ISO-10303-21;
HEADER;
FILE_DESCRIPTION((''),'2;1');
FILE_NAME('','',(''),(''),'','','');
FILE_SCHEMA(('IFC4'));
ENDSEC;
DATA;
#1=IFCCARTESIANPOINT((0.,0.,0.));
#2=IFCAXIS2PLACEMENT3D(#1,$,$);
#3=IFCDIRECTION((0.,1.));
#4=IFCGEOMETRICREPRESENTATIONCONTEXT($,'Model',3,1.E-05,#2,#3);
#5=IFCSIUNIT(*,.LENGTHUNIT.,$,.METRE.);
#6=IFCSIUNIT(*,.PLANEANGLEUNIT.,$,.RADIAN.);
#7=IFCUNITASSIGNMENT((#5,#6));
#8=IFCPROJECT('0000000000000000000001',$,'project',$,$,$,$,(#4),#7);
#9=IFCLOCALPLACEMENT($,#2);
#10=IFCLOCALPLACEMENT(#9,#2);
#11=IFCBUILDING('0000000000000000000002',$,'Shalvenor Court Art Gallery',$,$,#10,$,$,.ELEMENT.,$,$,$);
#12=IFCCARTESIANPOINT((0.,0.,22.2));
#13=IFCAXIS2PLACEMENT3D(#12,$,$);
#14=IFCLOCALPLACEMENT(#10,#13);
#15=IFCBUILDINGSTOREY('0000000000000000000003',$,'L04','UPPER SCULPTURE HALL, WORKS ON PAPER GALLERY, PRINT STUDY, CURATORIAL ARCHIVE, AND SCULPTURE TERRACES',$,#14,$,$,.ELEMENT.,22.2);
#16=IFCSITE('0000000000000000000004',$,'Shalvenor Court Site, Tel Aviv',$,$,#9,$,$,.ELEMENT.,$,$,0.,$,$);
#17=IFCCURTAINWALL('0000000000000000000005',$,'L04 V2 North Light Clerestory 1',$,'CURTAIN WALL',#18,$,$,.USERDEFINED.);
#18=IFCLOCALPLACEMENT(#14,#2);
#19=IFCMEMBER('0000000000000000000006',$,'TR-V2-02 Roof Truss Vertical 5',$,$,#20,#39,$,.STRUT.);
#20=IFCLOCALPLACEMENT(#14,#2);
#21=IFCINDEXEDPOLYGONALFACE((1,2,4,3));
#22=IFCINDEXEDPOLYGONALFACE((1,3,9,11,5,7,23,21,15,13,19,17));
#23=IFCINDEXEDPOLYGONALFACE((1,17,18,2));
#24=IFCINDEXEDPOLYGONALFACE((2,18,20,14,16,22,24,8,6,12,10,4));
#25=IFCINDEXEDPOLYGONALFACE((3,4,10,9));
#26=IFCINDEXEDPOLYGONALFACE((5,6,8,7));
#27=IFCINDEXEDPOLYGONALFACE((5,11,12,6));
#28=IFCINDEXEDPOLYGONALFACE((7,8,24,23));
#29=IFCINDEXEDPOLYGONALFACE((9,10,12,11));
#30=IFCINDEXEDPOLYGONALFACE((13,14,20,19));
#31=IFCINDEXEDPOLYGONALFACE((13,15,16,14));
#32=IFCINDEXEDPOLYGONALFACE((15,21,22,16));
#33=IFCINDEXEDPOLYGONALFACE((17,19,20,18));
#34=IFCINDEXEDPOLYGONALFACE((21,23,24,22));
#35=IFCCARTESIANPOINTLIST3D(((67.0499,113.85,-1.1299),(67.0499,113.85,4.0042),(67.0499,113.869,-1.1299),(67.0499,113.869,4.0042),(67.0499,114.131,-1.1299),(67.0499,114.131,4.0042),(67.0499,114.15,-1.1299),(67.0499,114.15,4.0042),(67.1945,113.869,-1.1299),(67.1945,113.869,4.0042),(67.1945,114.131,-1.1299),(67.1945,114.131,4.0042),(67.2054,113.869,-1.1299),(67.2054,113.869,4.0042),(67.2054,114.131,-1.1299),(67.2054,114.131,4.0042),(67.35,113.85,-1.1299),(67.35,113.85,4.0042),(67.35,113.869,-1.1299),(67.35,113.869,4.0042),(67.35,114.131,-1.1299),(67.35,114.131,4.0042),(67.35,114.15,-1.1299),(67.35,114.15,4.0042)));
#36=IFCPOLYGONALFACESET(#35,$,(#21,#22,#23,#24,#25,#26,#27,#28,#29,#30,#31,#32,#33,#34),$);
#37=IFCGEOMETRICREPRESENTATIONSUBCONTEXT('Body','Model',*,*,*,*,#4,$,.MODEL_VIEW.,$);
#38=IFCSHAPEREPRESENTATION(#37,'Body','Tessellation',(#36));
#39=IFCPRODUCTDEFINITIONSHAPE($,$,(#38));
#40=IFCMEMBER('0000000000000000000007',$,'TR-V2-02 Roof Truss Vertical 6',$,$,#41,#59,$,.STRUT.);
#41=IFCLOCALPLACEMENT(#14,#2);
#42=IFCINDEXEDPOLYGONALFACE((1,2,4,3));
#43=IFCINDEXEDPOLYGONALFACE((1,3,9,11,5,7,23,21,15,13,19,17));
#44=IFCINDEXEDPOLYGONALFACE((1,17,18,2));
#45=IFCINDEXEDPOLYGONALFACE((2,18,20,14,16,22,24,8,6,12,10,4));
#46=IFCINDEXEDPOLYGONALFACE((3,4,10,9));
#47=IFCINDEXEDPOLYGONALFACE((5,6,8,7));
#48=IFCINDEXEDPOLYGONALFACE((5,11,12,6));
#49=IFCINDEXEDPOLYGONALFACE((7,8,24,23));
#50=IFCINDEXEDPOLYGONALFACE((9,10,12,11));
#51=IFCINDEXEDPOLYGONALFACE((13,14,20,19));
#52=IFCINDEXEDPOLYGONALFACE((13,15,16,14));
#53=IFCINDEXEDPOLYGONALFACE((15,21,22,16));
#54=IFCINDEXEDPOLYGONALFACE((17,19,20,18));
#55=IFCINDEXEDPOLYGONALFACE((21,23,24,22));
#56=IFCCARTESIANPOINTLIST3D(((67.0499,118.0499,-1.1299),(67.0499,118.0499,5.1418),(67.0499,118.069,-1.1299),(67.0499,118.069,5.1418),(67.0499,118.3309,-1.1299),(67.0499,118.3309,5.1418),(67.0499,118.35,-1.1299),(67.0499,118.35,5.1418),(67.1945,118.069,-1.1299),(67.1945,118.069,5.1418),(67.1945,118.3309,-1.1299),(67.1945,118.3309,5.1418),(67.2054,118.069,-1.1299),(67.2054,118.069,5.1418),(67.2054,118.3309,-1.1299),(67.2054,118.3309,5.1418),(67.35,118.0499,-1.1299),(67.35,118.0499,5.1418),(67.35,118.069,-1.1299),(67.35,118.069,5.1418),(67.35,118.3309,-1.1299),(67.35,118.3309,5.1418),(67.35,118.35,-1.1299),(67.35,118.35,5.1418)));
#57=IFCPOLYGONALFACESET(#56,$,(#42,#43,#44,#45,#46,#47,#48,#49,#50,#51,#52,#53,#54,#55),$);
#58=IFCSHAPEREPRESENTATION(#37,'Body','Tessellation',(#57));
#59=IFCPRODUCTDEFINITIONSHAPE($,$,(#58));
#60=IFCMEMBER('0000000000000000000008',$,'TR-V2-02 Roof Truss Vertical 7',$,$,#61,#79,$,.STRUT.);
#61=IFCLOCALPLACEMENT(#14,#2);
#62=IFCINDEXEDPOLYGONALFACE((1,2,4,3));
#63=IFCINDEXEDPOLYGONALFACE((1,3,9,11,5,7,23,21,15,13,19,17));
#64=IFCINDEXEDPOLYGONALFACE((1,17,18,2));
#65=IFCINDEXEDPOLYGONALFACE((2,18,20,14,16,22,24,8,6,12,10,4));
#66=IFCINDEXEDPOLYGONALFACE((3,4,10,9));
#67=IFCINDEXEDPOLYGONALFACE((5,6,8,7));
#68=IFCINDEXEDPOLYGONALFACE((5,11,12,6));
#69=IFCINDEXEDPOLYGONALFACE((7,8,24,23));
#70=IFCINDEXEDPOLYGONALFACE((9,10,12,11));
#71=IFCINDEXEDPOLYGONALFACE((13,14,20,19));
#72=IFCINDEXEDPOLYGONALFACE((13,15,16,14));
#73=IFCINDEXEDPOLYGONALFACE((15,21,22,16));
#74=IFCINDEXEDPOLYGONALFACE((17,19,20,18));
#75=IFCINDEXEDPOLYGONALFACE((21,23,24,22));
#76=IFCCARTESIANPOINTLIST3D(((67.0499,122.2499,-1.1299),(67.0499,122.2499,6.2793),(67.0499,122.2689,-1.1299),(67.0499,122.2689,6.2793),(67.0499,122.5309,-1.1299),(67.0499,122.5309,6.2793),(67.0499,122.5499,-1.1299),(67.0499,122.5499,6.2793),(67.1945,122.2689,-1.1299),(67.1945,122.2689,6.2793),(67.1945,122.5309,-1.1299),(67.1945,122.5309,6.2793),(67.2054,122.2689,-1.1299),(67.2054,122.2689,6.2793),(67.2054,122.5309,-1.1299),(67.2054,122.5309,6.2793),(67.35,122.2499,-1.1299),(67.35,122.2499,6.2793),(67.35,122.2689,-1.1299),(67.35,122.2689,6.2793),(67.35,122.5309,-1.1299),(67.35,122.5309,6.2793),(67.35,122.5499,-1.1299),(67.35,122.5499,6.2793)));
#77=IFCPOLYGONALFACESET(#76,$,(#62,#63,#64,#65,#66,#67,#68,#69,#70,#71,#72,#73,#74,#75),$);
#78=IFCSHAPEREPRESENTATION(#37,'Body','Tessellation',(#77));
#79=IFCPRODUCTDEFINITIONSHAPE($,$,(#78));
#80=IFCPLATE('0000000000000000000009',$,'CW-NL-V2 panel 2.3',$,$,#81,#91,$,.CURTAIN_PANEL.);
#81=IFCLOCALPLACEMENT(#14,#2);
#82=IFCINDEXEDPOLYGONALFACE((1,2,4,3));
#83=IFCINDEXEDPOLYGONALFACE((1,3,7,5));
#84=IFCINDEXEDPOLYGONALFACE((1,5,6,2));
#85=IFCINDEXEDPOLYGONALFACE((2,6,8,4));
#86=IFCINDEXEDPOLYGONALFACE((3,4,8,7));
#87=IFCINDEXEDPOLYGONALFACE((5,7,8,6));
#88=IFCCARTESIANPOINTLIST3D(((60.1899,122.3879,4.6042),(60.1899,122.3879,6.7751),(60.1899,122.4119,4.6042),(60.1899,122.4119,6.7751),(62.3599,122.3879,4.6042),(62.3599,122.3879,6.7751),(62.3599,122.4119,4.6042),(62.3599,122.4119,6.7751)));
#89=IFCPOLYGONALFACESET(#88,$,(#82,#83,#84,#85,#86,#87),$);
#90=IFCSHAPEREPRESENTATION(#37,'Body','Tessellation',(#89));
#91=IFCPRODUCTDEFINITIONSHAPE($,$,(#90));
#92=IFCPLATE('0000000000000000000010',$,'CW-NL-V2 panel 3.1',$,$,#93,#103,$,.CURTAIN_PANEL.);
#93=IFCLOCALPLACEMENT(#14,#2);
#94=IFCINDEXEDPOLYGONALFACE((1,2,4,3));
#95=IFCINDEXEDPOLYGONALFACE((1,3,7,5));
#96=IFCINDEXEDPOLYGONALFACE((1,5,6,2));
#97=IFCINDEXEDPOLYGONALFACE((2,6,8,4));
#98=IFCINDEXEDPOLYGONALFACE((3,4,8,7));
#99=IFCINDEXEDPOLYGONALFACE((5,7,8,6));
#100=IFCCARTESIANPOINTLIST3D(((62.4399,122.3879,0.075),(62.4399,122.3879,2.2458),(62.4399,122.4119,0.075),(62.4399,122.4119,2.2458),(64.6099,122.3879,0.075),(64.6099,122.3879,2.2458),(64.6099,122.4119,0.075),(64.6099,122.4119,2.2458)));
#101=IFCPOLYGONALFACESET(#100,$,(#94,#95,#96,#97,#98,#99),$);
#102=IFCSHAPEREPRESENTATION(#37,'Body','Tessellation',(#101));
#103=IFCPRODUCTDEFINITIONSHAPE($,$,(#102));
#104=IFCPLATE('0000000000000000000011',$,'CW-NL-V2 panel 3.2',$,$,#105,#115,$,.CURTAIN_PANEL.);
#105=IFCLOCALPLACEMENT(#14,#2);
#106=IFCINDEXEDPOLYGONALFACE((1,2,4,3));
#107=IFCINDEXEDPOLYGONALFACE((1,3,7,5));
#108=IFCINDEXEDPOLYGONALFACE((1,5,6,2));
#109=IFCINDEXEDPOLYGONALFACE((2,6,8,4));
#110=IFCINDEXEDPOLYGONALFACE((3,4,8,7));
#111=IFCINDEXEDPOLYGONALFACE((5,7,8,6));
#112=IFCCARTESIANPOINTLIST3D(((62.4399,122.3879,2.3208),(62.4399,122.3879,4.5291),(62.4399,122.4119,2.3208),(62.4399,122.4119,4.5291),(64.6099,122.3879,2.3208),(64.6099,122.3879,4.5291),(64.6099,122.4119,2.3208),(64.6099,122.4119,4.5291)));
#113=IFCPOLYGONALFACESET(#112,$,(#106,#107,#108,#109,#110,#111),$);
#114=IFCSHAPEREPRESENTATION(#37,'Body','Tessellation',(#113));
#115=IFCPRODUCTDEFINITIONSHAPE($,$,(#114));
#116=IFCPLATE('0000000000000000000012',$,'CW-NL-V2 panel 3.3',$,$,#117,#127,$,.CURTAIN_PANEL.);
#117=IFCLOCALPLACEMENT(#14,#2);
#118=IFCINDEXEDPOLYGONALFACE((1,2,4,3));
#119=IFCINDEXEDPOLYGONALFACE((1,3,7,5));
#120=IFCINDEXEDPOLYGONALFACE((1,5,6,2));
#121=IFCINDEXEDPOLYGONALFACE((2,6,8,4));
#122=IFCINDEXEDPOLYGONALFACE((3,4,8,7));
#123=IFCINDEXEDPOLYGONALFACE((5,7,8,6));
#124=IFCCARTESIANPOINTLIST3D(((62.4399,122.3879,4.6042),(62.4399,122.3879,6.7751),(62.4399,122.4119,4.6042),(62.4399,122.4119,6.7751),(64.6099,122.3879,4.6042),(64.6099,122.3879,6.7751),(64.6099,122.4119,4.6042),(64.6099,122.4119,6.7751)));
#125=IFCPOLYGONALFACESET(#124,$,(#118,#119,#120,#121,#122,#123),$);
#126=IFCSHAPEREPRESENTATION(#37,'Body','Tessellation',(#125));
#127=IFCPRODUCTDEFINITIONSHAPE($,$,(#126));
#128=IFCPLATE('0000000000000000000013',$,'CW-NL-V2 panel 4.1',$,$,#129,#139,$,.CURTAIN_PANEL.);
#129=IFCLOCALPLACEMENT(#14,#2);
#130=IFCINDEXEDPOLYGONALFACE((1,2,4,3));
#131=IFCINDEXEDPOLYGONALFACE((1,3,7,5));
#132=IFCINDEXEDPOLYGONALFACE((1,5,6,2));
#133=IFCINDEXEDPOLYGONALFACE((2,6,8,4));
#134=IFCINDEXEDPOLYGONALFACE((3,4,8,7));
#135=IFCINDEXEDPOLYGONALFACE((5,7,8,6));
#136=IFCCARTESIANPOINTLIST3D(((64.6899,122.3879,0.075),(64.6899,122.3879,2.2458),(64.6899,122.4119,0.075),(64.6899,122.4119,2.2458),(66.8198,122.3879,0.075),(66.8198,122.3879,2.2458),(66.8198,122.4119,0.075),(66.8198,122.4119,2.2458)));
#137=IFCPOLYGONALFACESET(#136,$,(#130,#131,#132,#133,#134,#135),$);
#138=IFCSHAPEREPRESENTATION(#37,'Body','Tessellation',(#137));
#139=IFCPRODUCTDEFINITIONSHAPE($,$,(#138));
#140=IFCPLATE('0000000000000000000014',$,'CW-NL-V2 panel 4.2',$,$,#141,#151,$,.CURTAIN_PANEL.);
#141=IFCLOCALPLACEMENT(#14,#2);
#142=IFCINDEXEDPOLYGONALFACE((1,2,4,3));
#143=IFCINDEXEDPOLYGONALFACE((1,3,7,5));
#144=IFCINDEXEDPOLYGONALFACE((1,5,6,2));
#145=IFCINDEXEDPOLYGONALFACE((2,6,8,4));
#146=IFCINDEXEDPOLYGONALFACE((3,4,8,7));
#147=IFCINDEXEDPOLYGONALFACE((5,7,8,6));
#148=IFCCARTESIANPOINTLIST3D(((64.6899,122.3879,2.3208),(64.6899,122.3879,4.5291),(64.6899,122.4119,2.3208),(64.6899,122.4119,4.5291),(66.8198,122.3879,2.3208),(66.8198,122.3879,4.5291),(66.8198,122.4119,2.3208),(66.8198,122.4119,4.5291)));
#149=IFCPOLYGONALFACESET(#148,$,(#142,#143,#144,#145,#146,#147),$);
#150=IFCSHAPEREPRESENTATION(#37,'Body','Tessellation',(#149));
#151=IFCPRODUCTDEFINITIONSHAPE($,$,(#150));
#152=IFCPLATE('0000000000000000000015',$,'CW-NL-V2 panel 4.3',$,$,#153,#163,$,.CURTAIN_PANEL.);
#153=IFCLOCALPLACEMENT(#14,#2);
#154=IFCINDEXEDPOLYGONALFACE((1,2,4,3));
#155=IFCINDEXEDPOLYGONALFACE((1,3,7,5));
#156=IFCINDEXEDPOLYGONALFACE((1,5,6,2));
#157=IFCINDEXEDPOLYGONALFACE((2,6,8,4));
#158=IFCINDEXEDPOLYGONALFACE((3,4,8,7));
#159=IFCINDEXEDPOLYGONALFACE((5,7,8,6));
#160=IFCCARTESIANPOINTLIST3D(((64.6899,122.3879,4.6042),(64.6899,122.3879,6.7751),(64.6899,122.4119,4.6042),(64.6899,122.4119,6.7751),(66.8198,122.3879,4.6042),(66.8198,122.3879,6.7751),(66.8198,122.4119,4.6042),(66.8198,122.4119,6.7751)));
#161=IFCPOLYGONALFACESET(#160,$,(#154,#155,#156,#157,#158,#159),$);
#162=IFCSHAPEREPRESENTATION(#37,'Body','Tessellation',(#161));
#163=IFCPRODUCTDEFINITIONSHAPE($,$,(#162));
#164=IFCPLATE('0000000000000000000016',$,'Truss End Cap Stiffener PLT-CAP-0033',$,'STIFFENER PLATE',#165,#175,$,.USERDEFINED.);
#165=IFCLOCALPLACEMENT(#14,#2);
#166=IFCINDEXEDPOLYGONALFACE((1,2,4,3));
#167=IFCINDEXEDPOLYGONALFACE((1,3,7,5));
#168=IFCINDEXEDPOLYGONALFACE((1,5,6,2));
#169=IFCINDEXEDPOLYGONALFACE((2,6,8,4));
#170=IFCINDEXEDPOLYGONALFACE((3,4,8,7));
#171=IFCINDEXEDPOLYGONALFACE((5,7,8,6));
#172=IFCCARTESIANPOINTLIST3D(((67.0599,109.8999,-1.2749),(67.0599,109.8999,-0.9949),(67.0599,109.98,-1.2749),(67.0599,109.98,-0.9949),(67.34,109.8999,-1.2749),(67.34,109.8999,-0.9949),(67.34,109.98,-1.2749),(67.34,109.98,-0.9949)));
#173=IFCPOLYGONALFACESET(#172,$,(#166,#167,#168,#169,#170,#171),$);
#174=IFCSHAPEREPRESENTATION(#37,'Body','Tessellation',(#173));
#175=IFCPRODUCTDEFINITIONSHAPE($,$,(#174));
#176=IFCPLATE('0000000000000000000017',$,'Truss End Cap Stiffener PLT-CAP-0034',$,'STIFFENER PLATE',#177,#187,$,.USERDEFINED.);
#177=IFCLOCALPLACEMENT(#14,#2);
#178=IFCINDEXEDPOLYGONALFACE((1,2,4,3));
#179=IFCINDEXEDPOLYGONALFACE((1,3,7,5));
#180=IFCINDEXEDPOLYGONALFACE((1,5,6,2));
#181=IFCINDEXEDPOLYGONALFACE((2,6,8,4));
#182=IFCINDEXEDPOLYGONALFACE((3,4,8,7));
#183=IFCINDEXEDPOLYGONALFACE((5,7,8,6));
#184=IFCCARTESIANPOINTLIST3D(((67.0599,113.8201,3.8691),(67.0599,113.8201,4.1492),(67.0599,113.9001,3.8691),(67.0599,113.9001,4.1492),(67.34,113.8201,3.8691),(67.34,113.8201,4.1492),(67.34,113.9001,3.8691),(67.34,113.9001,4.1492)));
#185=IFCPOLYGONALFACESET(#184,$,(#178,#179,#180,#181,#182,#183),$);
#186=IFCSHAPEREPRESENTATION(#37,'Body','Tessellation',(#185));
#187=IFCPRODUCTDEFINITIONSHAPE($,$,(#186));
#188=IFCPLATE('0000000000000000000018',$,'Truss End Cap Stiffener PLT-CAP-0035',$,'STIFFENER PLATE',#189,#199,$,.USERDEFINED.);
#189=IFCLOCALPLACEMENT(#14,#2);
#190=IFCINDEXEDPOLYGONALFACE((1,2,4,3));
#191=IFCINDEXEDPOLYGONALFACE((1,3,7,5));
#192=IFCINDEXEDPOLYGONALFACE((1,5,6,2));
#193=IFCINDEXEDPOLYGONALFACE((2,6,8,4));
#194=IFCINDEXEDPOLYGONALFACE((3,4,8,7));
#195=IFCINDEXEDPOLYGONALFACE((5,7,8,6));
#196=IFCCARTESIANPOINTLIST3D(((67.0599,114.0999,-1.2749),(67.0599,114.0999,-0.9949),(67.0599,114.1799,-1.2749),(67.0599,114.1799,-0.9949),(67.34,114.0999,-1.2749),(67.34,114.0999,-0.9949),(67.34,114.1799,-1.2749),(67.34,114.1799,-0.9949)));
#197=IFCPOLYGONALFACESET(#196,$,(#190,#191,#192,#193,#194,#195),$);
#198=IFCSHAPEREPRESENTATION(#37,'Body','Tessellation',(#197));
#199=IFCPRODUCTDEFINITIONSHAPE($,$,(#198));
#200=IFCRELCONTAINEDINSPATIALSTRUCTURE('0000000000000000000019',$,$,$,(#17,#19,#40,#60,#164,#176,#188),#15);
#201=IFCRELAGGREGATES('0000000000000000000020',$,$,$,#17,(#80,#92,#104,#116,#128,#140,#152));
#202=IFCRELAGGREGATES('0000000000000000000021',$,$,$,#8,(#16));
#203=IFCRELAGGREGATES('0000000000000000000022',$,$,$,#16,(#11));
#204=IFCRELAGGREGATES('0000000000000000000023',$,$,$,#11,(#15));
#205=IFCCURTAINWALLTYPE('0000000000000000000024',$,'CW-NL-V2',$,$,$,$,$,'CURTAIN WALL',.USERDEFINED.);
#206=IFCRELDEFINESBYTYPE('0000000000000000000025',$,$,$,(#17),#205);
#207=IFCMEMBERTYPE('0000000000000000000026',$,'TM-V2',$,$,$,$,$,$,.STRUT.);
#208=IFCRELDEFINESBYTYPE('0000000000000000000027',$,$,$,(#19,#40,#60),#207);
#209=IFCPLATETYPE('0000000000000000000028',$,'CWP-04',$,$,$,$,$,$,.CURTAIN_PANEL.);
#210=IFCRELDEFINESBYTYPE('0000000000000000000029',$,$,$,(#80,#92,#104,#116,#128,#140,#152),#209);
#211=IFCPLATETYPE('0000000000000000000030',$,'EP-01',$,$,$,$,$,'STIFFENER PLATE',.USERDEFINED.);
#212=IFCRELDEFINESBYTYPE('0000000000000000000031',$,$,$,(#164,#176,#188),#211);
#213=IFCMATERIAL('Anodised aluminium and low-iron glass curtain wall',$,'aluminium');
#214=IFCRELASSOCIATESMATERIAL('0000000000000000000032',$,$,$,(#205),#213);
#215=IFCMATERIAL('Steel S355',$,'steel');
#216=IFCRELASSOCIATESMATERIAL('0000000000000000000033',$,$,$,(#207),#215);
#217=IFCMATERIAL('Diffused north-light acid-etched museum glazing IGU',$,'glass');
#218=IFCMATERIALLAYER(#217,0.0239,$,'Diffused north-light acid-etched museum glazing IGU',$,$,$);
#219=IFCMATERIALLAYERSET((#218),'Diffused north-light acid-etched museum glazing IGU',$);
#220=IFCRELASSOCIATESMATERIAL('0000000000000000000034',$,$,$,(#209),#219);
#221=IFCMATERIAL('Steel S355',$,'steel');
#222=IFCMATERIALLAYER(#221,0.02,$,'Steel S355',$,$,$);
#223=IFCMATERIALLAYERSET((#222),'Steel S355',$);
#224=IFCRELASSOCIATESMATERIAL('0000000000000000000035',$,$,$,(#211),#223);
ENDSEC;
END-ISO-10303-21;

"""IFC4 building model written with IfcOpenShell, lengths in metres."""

from ifc_helpers import new_model, si_unit, direction, frame, origin, origin_2d, place, context, subcontext, project, spatial, rectangle, i_section, extrude, material, layer, layer_set, material_profile, profile_set, type_object, element, aggregate, save


model = new_model("IFC4")

# Units and contexts
model_context = context("Model", 3, precision=1e-05, world=origin(), true_north=direction((0.0, 1.0)))
body_context = subcontext(model_context, "Body", "Model", "MODEL_VIEW")
ifc_project = project(units=[si_unit("LENGTHUNIT", "METRE"), si_unit("PLANEANGLEUNIT", "RADIAN")], contexts=[model_context])

# Site, building, storey
site_placement = place(None, origin())
site = spatial("IfcSite", under=ifc_project, at=site_placement, Name="Shalvenor Court Site, Tel Aviv", CompositionType="ELEMENT", RefElevation=0.0)
building_placement = place(site_placement, origin())
building = spatial("IfcBuilding", under=site, at=building_placement, Name="Shalvenor Court Art Gallery", CompositionType="ELEMENT")
storey_placement = place(building_placement, frame((0.0, 0.0, 22.2)))
storey = spatial("IfcBuildingStorey", under=building, at=storey_placement, Name="L04", Description="UPPER SCULPTURE HALL, WORKS ON PAPER GALLERY, PRINT STUDY, CURATORIAL ARCHIVE, AND SCULPTURE TERRACES", CompositionType="ELEMENT", Elevation=22.2)

# Curtain wall
ifc_material_1 = material(Name="Anodised aluminium and low-iron glass curtain wall", Category="aluminium")
curtain_wall_type = type_object("IfcCurtainWallType", Name="CW-NL-V2", ElementType="CURTAIN WALL", PredefinedType="USERDEFINED", material=ifc_material_1)
curtain_wall_1_placement = place(storey_placement, origin())
curtain_wall_1 = element("IfcCurtainWall", 1, at=curtain_wall_1_placement, inside=storey, type_object=curtain_wall_type, Name="L04 V2 North Light Clerestory 1", ObjectType="CURTAIN WALL", PredefinedType="USERDEFINED")

# Members
ifc_material_2 = material(Name="Steel S355", Category="steel")
ifc_material_profile_1 = material_profile(ifc_material_2, i_section(OverallWidth=0.3, OverallDepth=0.3, WebThickness=0.011, FlangeThickness=0.019, at=origin_2d()), Name="HEB 300")
ifc_profile_set_1 = profile_set([ifc_material_profile_1], Name="Steel S355")
member_type_1 = type_object("IfcMemberType", Name="TM-V2", PredefinedType="STRUT", material=ifc_profile_set_1)
member_1_placement = place(storey_placement, frame((67.2, 114.0, -1.1299), z_axis=(0.0, 0.0, 1.0), x_axis=(1.0, 0.0, 0.0)))
element("IfcMember", 2, at=member_1_placement, inside=storey, type_object=member_type_1, Name="TR-V2-02 Roof Truss Vertical 5", PredefinedType="STRUT", context=body_context, shape_type="SweptSolid", body=[
    extrude(i_section(OverallWidth=0.3, OverallDepth=0.3, WebThickness=0.011, FlangeThickness=0.019, at=origin_2d()), origin(), (0.0, 0.0, 1.0), 5.134),
])
member_2_placement = place(storey_placement, frame((67.2, 118.2, -1.1299), z_axis=(0.0, 0.0, 1.0), x_axis=(1.0, 0.0, 0.0)))
element("IfcMember", 3, at=member_2_placement, inside=storey, type_object=member_type_1, Name="TR-V2-02 Roof Truss Vertical 6", PredefinedType="STRUT", context=body_context, shape_type="SweptSolid", body=[
    extrude(i_section(OverallWidth=0.3, OverallDepth=0.3, WebThickness=0.011, FlangeThickness=0.019, at=origin_2d()), origin(), (0.0, 0.0, 1.0), 6.2717),
])
member_3_placement = place(storey_placement, frame((67.2, 122.3999, -1.1299), z_axis=(0.0, 0.0, 1.0), x_axis=(1.0, 0.0, 0.0)))
element("IfcMember", 4, at=member_3_placement, inside=storey, type_object=member_type_1, Name="TR-V2-02 Roof Truss Vertical 7", PredefinedType="STRUT", context=body_context, shape_type="SweptSolid", body=[
    extrude(i_section(OverallWidth=0.3, OverallDepth=0.3, WebThickness=0.011, FlangeThickness=0.019, at=origin_2d()), origin(), (0.0, 0.0, 1.0), 7.4092),
])

# Plates
ifc_material_3 = material(Name="Diffused north-light acid-etched museum glazing IGU", Category="glass")
ifc_layer_1 = layer(ifc_material_3, 0.0239, Name="Diffused north-light acid-etched museum glazing IGU")
ifc_layer_set_1 = layer_set([ifc_layer_1], Name="Diffused north-light acid-etched museum glazing IGU")
plate_type_1 = type_object("IfcPlateType", Name="CWP-04", PredefinedType="CURTAIN_PANEL", material=ifc_layer_set_1)
plate_1_placement = place(storey_placement, frame((61.2749, 122.3999, 4.6042), z_axis=(0.0, 0.0, 1.0), x_axis=(1.0, 0.0, 0.0)))
plate_1 = element("IfcPlate", 5, at=plate_1_placement, type_object=plate_type_1, Name="CW-NL-V2 panel 2.3", PredefinedType="CURTAIN_PANEL", context=body_context, shape_type="SweptSolid", body=[
    extrude(rectangle(XDim=2.1699, YDim=0.0239, at=origin_2d()), origin(), (0.0, 0.0, 1.0), 2.1709),
])
plate_2_placement = place(storey_placement, frame((63.5249, 122.3999, 0.075), z_axis=(0.0, 0.0, 1.0), x_axis=(1.0, 0.0, 0.0)))
plate_2 = element("IfcPlate", 6, at=plate_2_placement, type_object=plate_type_1, Name="CW-NL-V2 panel 3.1", PredefinedType="CURTAIN_PANEL", context=body_context, shape_type="SweptSolid", body=[
    extrude(rectangle(XDim=2.1699, YDim=0.0239, at=origin_2d()), origin(), (0.0, 0.0, 1.0), 2.1709),
])
plate_3_placement = place(storey_placement, frame((63.5249, 122.3999, 2.3208), z_axis=(0.0, 0.0, 1.0), x_axis=(1.0, 0.0, 0.0)))
plate_3 = element("IfcPlate", 7, at=plate_3_placement, type_object=plate_type_1, Name="CW-NL-V2 panel 3.2", PredefinedType="CURTAIN_PANEL", context=body_context, shape_type="SweptSolid", body=[
    extrude(rectangle(XDim=2.1699, YDim=0.0239, at=origin_2d()), origin(), (0.0, 0.0, 1.0), 2.2083),
])
plate_4_placement = place(storey_placement, frame((63.5249, 122.3999, 4.6042), z_axis=(0.0, 0.0, 1.0), x_axis=(1.0, 0.0, 0.0)))
plate_4 = element("IfcPlate", 8, at=plate_4_placement, type_object=plate_type_1, Name="CW-NL-V2 panel 3.3", PredefinedType="CURTAIN_PANEL", context=body_context, shape_type="SweptSolid", body=[
    extrude(rectangle(XDim=2.1699, YDim=0.0239, at=origin_2d()), origin(), (0.0, 0.0, 1.0), 2.1709),
])
plate_5_placement = place(storey_placement, frame((65.7549, 122.3999, 0.075), z_axis=(0.0, 0.0, 1.0), x_axis=(1.0, 0.0, 0.0)))
plate_5 = element("IfcPlate", 9, at=plate_5_placement, type_object=plate_type_1, Name="CW-NL-V2 panel 4.1", PredefinedType="CURTAIN_PANEL", context=body_context, shape_type="SweptSolid", body=[
    extrude(rectangle(XDim=2.1299, YDim=0.0239, at=origin_2d()), origin(), (0.0, 0.0, 1.0), 2.1709),
])
plate_6_placement = place(storey_placement, frame((65.7549, 122.3999, 2.3208), z_axis=(0.0, 0.0, 1.0), x_axis=(1.0, 0.0, 0.0)))
plate_6 = element("IfcPlate", 10, at=plate_6_placement, type_object=plate_type_1, Name="CW-NL-V2 panel 4.2", PredefinedType="CURTAIN_PANEL", context=body_context, shape_type="SweptSolid", body=[
    extrude(rectangle(XDim=2.1299, YDim=0.0239, at=origin_2d()), origin(), (0.0, 0.0, 1.0), 2.2083),
])
plate_7_placement = place(storey_placement, frame((65.7549, 122.3999, 4.6042), z_axis=(0.0, 0.0, 1.0), x_axis=(1.0, 0.0, 0.0)))
plate_7 = element("IfcPlate", 11, at=plate_7_placement, type_object=plate_type_1, Name="CW-NL-V2 panel 4.3", PredefinedType="CURTAIN_PANEL", context=body_context, shape_type="SweptSolid", body=[
    extrude(rectangle(XDim=2.1299, YDim=0.0239, at=origin_2d()), origin(), (0.0, 0.0, 1.0), 2.1709),
])
aggregate(curtain_wall_1, [plate_1, plate_2, plate_3, plate_4, plate_5, plate_6, plate_7])

# Plates
ifc_material_4 = material(Name="Steel S355", Category="steel")
ifc_layer_2 = layer(ifc_material_4, 0.02, Name="Steel S355")
ifc_layer_set_2 = layer_set([ifc_layer_2], Name="Steel S355")
plate_type_2 = type_object("IfcPlateType", Name="EP-01", ElementType="STIFFENER PLATE", PredefinedType="USERDEFINED", material=ifc_layer_set_2)
for number, where, z_axis, x_axis, name in (
    (12, (67.2, 109.9399, -1.2749), (0.0, 0.0, 1.0), (1.0, 0.0, 0.0), "Truss End Cap Stiffener PLT-CAP-0033"),
    (13, (67.2, 113.8601, 3.8691), (0.0, 0.0, 1.0), (1.0, 0.0, 0.0), "Truss End Cap Stiffener PLT-CAP-0034"),
    (14, (67.2, 114.1399, -1.2749), (0.0, 0.0, 1.0), (1.0, 0.0, 0.0), "Truss End Cap Stiffener PLT-CAP-0035"),
):
    element("IfcPlate", number, at=place(storey_placement, frame(where, z_axis=z_axis, x_axis=x_axis)), inside=storey, type_object=plate_type_2, Name=name, ObjectType="STIFFENER PLATE", PredefinedType="USERDEFINED", context=body_context, shape_type="SweptSolid", body=[
        extrude(rectangle(XDim=0.28, YDim=0.0801, at=origin_2d()), origin(), (0.0, 0.0, 1.0), 0.28),
    ])

save(model, "model.ifc")
